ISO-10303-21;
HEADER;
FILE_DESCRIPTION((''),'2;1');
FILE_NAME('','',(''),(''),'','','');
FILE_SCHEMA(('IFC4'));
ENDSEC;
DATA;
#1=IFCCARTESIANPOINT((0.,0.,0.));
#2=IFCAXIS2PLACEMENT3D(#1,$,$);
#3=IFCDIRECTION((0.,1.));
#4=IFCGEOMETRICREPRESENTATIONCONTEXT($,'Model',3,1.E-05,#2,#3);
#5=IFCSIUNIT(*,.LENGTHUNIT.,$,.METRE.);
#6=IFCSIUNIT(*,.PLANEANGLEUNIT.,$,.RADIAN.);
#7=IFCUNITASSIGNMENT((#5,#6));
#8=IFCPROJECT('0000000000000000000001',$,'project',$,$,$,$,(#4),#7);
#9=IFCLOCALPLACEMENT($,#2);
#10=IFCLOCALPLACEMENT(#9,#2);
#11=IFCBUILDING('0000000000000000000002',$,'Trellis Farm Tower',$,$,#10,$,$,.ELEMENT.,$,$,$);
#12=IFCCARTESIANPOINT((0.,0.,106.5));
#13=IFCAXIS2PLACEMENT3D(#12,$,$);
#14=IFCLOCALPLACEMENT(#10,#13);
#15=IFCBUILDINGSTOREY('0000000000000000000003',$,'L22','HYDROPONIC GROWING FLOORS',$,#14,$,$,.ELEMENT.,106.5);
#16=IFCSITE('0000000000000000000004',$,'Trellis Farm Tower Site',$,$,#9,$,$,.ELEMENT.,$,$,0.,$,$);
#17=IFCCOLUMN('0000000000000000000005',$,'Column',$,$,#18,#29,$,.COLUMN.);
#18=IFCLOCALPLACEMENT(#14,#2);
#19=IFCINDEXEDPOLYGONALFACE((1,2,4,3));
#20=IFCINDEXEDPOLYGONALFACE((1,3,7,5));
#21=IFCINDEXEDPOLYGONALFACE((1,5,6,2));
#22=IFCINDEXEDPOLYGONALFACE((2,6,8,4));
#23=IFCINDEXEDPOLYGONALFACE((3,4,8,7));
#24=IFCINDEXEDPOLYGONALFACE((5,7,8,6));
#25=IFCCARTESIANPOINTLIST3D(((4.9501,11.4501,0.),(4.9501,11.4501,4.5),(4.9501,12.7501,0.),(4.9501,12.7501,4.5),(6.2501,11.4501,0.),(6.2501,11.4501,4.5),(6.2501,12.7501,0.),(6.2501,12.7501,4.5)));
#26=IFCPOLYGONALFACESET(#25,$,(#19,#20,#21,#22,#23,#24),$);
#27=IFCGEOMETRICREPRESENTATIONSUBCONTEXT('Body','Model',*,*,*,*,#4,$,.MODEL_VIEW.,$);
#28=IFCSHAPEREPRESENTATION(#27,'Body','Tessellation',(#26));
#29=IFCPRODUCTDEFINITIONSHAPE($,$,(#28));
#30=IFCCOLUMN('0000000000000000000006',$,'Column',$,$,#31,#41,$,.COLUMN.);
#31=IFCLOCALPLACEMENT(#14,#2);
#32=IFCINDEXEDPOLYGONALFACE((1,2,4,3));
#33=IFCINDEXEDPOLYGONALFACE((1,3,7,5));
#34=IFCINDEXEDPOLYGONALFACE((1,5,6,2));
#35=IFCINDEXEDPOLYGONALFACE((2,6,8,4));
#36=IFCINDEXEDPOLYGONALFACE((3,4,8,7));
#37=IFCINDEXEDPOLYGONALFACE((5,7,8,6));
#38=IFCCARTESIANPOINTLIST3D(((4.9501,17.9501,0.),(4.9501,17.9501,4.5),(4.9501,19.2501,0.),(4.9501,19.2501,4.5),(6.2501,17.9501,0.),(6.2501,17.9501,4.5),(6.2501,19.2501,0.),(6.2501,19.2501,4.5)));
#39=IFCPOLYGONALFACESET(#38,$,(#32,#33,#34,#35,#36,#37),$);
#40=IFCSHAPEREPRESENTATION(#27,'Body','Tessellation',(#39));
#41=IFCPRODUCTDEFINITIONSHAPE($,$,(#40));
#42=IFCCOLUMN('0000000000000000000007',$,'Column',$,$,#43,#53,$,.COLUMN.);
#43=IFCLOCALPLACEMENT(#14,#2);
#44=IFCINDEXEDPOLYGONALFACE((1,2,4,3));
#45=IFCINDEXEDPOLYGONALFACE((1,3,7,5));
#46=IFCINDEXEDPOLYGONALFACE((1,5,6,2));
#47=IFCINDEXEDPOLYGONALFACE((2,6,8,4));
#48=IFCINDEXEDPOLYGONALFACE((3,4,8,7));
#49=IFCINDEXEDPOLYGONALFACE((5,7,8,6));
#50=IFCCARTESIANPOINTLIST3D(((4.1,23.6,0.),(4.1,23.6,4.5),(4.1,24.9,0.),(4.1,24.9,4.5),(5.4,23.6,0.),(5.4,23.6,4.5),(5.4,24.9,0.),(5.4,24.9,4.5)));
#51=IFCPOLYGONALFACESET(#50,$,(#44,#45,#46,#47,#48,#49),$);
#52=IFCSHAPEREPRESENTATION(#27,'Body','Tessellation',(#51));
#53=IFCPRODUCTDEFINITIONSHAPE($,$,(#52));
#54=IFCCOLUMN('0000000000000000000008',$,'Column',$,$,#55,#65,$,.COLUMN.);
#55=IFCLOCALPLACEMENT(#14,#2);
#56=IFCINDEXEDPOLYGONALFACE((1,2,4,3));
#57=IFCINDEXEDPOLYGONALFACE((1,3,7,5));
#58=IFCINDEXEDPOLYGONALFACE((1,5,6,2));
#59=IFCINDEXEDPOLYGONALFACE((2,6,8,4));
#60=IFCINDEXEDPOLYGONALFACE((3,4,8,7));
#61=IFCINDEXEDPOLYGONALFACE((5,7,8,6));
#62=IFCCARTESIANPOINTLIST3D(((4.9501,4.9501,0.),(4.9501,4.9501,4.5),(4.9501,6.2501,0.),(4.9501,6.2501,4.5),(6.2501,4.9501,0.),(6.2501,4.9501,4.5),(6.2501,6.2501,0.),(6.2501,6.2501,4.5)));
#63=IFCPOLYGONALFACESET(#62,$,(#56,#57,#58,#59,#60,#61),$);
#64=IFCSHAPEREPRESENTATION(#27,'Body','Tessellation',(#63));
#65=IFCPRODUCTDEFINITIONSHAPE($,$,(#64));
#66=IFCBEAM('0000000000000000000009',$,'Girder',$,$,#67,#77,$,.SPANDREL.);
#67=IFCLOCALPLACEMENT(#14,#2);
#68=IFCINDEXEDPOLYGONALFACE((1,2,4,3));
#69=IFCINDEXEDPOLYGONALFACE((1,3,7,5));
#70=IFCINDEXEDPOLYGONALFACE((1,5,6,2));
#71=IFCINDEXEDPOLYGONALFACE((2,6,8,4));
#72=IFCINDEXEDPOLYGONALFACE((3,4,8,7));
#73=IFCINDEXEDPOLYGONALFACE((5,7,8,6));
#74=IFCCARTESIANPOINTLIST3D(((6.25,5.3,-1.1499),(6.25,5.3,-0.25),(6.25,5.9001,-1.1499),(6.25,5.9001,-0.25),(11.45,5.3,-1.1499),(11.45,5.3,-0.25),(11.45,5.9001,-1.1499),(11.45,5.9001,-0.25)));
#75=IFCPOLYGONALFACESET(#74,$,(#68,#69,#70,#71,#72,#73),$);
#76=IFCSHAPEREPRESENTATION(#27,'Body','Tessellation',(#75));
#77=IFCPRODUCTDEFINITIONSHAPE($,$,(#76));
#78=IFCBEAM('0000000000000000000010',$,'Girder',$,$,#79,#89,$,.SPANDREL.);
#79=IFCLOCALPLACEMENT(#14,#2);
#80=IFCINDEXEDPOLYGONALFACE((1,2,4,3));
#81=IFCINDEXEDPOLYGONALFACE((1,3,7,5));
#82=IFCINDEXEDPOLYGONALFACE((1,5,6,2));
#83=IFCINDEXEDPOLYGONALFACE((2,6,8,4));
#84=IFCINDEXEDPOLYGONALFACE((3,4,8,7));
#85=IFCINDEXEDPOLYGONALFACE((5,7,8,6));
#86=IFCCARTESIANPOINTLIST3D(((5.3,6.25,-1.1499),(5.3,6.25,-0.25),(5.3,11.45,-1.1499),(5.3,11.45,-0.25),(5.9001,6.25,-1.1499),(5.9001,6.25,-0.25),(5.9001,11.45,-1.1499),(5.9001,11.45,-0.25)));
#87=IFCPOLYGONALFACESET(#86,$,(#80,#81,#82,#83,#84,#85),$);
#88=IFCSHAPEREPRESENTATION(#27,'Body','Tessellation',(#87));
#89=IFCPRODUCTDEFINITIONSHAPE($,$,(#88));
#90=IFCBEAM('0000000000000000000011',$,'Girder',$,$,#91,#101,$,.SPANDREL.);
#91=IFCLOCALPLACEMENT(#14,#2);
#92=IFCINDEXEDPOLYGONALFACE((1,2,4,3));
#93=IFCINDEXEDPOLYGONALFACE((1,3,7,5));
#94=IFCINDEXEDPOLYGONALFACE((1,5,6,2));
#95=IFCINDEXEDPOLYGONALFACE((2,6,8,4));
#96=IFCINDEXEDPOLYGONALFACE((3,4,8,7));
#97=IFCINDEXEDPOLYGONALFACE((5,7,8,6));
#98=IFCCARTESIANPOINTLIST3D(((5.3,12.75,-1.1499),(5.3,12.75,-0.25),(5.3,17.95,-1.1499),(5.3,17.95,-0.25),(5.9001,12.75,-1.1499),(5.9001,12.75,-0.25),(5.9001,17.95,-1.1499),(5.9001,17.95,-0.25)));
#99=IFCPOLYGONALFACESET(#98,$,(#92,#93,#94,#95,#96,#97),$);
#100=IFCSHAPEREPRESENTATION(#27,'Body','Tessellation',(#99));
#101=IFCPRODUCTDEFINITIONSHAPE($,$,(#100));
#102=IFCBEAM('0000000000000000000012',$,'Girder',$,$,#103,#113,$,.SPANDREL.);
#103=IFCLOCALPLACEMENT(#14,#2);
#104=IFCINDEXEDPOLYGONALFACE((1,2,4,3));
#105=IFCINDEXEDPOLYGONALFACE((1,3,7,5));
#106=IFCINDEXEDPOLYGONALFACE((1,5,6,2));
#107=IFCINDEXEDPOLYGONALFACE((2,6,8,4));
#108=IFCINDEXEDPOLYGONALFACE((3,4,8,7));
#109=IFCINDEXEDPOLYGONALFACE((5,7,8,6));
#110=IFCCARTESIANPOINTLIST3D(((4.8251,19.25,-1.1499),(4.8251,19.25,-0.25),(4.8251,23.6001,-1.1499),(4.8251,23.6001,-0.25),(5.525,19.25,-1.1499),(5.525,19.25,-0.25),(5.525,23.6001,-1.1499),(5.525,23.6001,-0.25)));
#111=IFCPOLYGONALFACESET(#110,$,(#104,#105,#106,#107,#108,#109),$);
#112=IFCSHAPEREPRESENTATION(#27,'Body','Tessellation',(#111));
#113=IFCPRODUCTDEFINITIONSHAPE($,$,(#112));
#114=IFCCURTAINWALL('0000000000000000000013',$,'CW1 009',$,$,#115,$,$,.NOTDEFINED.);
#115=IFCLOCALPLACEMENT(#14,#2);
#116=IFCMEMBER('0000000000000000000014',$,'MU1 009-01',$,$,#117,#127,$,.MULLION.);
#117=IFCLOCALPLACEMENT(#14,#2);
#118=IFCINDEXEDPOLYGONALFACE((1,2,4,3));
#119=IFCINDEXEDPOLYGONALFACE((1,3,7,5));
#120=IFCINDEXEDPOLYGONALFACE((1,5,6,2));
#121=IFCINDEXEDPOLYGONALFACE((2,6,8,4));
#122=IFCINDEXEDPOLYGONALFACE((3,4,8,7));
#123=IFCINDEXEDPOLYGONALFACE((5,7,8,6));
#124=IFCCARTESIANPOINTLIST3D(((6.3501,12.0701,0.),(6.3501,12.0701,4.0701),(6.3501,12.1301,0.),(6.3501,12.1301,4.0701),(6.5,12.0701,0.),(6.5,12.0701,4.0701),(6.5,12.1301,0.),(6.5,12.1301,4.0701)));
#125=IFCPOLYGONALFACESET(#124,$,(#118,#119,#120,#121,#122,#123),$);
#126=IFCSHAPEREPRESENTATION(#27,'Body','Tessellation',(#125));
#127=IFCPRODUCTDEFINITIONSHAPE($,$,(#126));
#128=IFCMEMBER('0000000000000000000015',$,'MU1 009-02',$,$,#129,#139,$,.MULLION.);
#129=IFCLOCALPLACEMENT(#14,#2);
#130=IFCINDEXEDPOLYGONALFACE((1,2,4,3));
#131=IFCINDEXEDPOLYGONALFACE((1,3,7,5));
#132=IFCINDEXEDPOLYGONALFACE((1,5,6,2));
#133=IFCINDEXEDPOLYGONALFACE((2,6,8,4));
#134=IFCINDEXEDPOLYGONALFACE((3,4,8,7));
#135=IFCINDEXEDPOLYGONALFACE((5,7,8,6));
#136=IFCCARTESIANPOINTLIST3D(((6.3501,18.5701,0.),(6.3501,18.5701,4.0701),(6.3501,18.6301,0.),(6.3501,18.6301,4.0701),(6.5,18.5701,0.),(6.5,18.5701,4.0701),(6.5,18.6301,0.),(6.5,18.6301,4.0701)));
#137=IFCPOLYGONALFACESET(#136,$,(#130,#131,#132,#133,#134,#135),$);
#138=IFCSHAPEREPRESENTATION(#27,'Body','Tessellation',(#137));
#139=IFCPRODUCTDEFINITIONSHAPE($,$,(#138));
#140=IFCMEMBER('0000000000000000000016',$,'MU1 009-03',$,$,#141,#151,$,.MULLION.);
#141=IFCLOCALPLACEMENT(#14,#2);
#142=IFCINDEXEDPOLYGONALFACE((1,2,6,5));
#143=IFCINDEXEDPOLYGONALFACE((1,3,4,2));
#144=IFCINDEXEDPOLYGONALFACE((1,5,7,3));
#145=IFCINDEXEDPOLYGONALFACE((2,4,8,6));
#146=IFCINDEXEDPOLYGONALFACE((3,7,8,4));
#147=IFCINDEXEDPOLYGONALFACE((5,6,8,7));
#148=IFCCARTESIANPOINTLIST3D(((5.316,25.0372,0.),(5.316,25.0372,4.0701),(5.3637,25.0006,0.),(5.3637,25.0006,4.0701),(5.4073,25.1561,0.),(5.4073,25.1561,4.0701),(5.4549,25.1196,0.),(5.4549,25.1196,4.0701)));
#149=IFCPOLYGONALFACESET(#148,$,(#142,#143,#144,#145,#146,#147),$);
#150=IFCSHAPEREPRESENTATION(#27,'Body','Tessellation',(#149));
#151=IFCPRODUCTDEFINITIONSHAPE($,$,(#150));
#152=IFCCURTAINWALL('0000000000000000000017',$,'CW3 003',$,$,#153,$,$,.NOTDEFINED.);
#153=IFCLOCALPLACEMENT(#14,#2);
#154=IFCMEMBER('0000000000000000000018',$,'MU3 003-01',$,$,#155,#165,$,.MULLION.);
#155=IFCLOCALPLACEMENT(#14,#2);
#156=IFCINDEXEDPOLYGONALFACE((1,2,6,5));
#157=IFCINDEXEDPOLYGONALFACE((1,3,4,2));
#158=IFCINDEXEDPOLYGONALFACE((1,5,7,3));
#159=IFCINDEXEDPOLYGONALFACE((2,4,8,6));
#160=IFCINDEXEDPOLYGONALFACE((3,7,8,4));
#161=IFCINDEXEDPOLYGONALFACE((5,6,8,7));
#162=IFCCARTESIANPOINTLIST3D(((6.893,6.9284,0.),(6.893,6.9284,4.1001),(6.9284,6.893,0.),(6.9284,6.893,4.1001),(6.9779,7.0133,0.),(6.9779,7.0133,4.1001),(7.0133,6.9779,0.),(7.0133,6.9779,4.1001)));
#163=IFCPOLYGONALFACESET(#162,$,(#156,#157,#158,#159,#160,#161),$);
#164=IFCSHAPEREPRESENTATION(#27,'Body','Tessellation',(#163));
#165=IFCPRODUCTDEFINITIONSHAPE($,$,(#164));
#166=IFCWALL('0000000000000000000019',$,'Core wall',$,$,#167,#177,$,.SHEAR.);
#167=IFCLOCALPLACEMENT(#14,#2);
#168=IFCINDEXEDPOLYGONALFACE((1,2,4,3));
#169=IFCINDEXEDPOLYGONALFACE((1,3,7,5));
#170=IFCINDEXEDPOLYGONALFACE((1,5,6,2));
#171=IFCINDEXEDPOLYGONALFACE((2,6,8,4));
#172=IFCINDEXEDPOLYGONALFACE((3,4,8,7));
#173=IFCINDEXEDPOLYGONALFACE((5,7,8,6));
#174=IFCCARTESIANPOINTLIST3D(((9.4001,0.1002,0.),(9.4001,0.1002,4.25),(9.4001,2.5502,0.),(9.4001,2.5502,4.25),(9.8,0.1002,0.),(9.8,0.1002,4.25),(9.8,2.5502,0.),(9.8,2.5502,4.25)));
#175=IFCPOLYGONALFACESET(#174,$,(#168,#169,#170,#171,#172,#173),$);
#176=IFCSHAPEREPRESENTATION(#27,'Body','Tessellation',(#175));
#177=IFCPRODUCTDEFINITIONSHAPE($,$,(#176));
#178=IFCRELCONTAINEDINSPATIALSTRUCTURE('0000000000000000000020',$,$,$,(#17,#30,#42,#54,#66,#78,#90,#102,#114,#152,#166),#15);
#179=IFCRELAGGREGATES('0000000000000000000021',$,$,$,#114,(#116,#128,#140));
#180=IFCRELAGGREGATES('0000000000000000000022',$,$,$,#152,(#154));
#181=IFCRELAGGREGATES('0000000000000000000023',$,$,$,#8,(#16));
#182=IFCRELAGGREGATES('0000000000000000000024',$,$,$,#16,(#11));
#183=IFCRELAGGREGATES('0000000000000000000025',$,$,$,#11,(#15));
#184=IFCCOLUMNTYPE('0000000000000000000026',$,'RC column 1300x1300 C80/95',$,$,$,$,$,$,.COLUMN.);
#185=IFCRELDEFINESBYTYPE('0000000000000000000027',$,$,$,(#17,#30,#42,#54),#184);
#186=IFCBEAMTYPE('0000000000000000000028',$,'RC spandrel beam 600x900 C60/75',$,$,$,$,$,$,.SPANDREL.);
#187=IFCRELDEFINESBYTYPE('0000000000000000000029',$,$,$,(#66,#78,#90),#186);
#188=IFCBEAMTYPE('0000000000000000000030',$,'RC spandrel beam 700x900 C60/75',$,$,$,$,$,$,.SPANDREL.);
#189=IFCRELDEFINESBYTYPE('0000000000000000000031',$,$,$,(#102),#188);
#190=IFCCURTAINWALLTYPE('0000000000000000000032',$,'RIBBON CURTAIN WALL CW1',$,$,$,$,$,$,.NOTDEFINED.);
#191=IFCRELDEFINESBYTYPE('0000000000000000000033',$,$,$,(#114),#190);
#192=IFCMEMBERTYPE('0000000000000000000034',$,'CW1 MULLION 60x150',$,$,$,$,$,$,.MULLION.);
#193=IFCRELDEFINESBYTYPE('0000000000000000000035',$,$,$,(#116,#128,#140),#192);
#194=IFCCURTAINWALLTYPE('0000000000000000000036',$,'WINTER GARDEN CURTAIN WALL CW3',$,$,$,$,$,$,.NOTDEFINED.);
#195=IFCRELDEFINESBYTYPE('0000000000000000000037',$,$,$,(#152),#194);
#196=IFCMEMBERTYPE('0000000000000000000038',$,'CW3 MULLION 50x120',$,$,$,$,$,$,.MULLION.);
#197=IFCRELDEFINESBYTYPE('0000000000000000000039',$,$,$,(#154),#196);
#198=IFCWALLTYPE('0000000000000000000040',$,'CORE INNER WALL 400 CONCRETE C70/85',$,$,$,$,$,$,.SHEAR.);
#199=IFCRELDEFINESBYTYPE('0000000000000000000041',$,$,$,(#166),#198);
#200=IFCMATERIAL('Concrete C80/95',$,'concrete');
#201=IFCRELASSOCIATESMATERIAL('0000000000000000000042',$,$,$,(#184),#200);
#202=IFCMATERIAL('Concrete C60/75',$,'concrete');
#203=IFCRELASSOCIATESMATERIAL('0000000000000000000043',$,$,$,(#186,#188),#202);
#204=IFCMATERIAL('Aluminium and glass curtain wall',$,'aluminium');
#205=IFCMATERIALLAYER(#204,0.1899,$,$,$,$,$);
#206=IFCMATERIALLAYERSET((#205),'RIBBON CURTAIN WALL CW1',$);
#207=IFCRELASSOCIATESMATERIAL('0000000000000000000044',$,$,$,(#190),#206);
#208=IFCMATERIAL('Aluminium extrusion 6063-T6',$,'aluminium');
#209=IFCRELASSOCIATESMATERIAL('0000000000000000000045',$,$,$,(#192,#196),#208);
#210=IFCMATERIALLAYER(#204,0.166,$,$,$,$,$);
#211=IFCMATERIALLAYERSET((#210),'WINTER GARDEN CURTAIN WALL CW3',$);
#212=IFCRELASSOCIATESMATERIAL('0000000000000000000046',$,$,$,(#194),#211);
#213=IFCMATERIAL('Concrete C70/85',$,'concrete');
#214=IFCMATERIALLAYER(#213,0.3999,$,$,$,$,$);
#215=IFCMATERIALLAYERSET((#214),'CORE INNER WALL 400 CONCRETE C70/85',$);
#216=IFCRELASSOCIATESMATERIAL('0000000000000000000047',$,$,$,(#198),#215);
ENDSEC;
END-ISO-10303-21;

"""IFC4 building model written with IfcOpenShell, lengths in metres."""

from ifc_helpers import new_model, si_unit, direction, frame, frame_2d, origin, origin_2d, place, context, subcontext, project, spatial, rectangle, extrude, source, transform, mapped, material, layer, layer_set, material_profile, profile_set, type_object, element, aggregate, save


model = new_model("IFC4")

# Units and contexts
model_context = context("Model", 3, precision=1e-05, world=origin(), true_north=direction((0.0, 1.0)))
body_context = subcontext(model_context, "Body", "Model", "MODEL_VIEW")
ifc_project = project(units=[si_unit("LENGTHUNIT", "METRE"), si_unit("PLANEANGLEUNIT", "RADIAN")], contexts=[model_context])

# Site, building, storey
site_placement = place(None, origin())
site = spatial("IfcSite", under=ifc_project, at=site_placement, Name="Trellis Farm Tower Site", CompositionType="ELEMENT", RefElevation=0.0)
building_placement = place(site_placement, origin())
building = spatial("IfcBuilding", under=site, at=building_placement, Name="Trellis Farm Tower", CompositionType="ELEMENT")
storey_placement = place(building_placement, frame((0.0, 0.0, 106.5)))
storey = spatial("IfcBuildingStorey", under=building, at=storey_placement, Name="L22", Description="HYDROPONIC GROWING FLOORS", CompositionType="ELEMENT", Elevation=106.5)

# Columns
ifc_material_1 = material(Name="Concrete C80/95", Category="concrete")
ifc_material_profile_1 = material_profile(ifc_material_1, rectangle(XDim=1.3, YDim=1.3, at=origin_2d()), Name="RC column 1300x1300 C80/95")
ifc_profile_set_1 = profile_set([ifc_material_profile_1], Name="Concrete C80/95")
column_type = type_object("IfcColumnType", Name="RC column 1300x1300 C80/95", PredefinedType="COLUMN", material=ifc_profile_set_1)
shared_shape_1 = source(origin(), body_context, "Body", "SweptSolid", [
    extrude(rectangle(XDim=1.3, YDim=1.3, at=origin_2d()), origin(), (0.0, 0.0, 1.0), 4.5),
])
for number, where, z_axis, x_axis, name in (
    (1, (5.6001, 12.1001, 0.0), (0.0, 0.0, 1.0), (1.0, 0.0, 0.0), "Column"),
    (2, (5.6001, 18.6001, 0.0), (0.0, 0.0, 1.0), (1.0, 0.0, 0.0), "Column"),
    (3, (4.75, 24.25, 0.0), (0.0, 0.0, 1.0), (1.0, 0.0, 0.0), "Column"),
    (4, (5.6001, 5.6001, 0.0), (0.0, 0.0, 1.0), (1.0, 0.0, 0.0), "Column"),
):
    element("IfcColumn", number, at=place(storey_placement, frame(where, z_axis=z_axis, x_axis=x_axis)), inside=storey, type_object=column_type, Name=name, PredefinedType="COLUMN", context=body_context, shape_type="MappedRepresentation", body=[
        mapped(shared_shape_1, transform((0.0, 0.0, 0.0))),
    ])

# Beams
ifc_material_2 = material(Name="Concrete C60/75", Category="concrete")
ifc_material_profile_2 = material_profile(ifc_material_2, rectangle(XDim=0.6001, YDim=0.8999, at=origin_2d()), Name="RC spandrel beam 600x900 C60/75")
ifc_profile_set_2 = profile_set([ifc_material_profile_2], Name="Concrete C60/75")
beam_type_1 = type_object("IfcBeamType", Name="RC spandrel beam 600x900 C60/75", PredefinedType="SPANDREL", material=ifc_profile_set_2)
shared_shape_2 = source(origin(), body_context, "Body", "SweptSolid", [
    extrude(rectangle(XDim=0.6001, YDim=0.8999, at=origin_2d()), origin(), (0.0, 0.0, 1.0), 5.2),
])
for number, where, z_axis, x_axis, name in (
    (5, (6.25, 5.6001, -0.7), (1.0, 0.0, 0.0), (0.0, 1.0, 0.0), "Girder"),
    (6, (5.6001, 6.25, -0.7), (0.0, 1.0, 0.0), (-1.0, 0.0, 0.0), "Girder"),
    (7, (5.6001, 12.75, -0.7), (0.0, 1.0, 0.0), (-1.0, 0.0, 0.0), "Girder"),
):
    element("IfcBeam", number, at=place(storey_placement, frame(where, z_axis=z_axis, x_axis=x_axis)), inside=storey, type_object=beam_type_1, Name=name, PredefinedType="SPANDREL", context=body_context, shape_type="MappedRepresentation", body=[
        mapped(shared_shape_2, transform((0.0, 0.0, 0.0))),
    ])
ifc_material_profile_3 = material_profile(ifc_material_2, rectangle(XDim=0.7, YDim=0.8999, at=origin_2d()), Name="RC spandrel beam 700x900 C60/75")
ifc_profile_set_3 = profile_set([ifc_material_profile_3], Name="Concrete C60/75")
beam_type_2 = type_object("IfcBeamType", Name="RC spandrel beam 700x900 C60/75", PredefinedType="SPANDREL", material=ifc_profile_set_3)
shared_shape_3 = source(origin(), body_context, "Body", "SweptSolid", [
    extrude(rectangle(XDim=0.7, YDim=0.8999, at=origin_2d()), origin(), (0.0, 0.0, 1.0), 4.3501),
])
beam_placement = place(storey_placement, frame((5.175, 19.25, -0.7), z_axis=(0.0, 1.0, 0.0), x_axis=(-1.0, 0.0, 0.0)))
element("IfcBeam", 8, at=beam_placement, inside=storey, type_object=beam_type_2, Name="Girder", PredefinedType="SPANDREL", context=body_context, shape_type="MappedRepresentation", body=[
    mapped(shared_shape_3, transform((0.0, 0.0, 0.0))),
])

# Curtain wall, members
ifc_material_3 = material(Name="Aluminium and glass curtain wall", Category="aluminium")
ifc_layer_1 = layer(ifc_material_3, 0.1899)
ifc_layer_set_1 = layer_set([ifc_layer_1], Name="RIBBON CURTAIN WALL CW1")
curtain_wall_type_1 = type_object("IfcCurtainWallType", Name="RIBBON CURTAIN WALL CW1", PredefinedType="NOTDEFINED", material=ifc_layer_set_1)
placement = place(storey_placement, origin())
curtain_wall_1 = element("IfcCurtainWall", 9, at=placement, inside=storey, type_object=curtain_wall_type_1, Name="CW1 009", PredefinedType="NOTDEFINED")
ifc_material_4 = material(Name="Aluminium extrusion 6063-T6", Category="aluminium")
ifc_material_profile_4 = material_profile(ifc_material_4, rectangle(XDim=0.0601, YDim=0.1499, at=origin_2d()), Name="MULLION 60x150")
ifc_profile_set_4 = profile_set([ifc_material_profile_4], Name="Aluminium extrusion 6063-T6")
member_type_1 = type_object("IfcMemberType", Name="CW1 MULLION 60x150", PredefinedType="MULLION", material=ifc_profile_set_4)
shared_shape_4 = source(origin(), body_context, "Body", "SweptSolid", [
    extrude(rectangle(XDim=0.0601, YDim=0.1499, at=origin_2d()), origin(), (0.0, 0.0, 1.0), 4.0701),
])
member_1_placement = place(storey_placement, frame((6.425, 12.1001, 0.0), z_axis=(0.0, 0.0, 1.0), x_axis=(0.0, 1.0, 0.0)))
member_1 = element("IfcMember", 10, at=member_1_placement, type_object=member_type_1, Name="MU1 009-01", PredefinedType="MULLION", context=body_context, shape_type="MappedRepresentation", body=[
    mapped(shared_shape_4, transform((0.0, 0.0, 0.0))),
])
member_2_placement = place(storey_placement, frame((6.425, 18.6001, 0.0), z_axis=(0.0, 0.0, 1.0), x_axis=(0.0, 1.0, 0.0)))
member_2 = element("IfcMember", 11, at=member_2_placement, type_object=member_type_1, Name="MU1 009-02", PredefinedType="MULLION", context=body_context, shape_type="MappedRepresentation", body=[
    mapped(shared_shape_4, transform((0.0, 0.0, 0.0))),
])
member_3_placement = place(storey_placement, frame((5.3855, 25.0784, 0.0), z_axis=(0.0, 0.0, 1.0), x_axis=(-0.793353, 0.608761, 0.0)))
member_3 = element("IfcMember", 12, at=member_3_placement, type_object=member_type_1, Name="MU1 009-03", PredefinedType="MULLION", context=body_context, shape_type="MappedRepresentation", body=[
    mapped(shared_shape_4, transform((0.0, 0.0, 0.0))),
])
aggregate(curtain_wall_1, [member_1, member_2, member_3])

# Curtain wall, member
ifc_layer_2 = layer(ifc_material_3, 0.166)
ifc_layer_set_2 = layer_set([ifc_layer_2], Name="WINTER GARDEN CURTAIN WALL CW3")
curtain_wall_type_2 = type_object("IfcCurtainWallType", Name="WINTER GARDEN CURTAIN WALL CW3", PredefinedType="NOTDEFINED", material=ifc_layer_set_2)
curtain_wall_2 = element("IfcCurtainWall", 13, at=placement, inside=storey, type_object=curtain_wall_type_2, Name="CW3 003", PredefinedType="NOTDEFINED")
ifc_material_profile_5 = material_profile(ifc_material_4, rectangle(XDim=0.05, YDim=0.1201, at=origin_2d()), Name="MULLION 50x120")
ifc_profile_set_5 = profile_set([ifc_material_profile_5], Name="Aluminium extrusion 6063-T6")
member_type_2 = type_object("IfcMemberType", Name="CW3 MULLION 50x120", PredefinedType="MULLION", material=ifc_profile_set_5)
shared_shape_5 = source(origin(), body_context, "Body", "SweptSolid", [
    extrude(rectangle(XDim=0.05, YDim=0.1201, at=origin_2d()), origin(), (0.0, 0.0, 1.0), 4.1001),
])
member_4_placement = place(storey_placement, frame((6.9531, 6.9531, 0.0), z_axis=(0.0, 0.0, 1.0), x_axis=(-0.707107, 0.707107, 0.0)))
member_4 = element("IfcMember", 14, at=member_4_placement, type_object=member_type_2, Name="MU3 003-01", PredefinedType="MULLION", context=body_context, shape_type="MappedRepresentation", body=[
    mapped(shared_shape_5, transform((0.0, 0.0, 0.0))),
])
aggregate(curtain_wall_2, [member_4])

# Wall
ifc_material_5 = material(Name="Concrete C70/85", Category="concrete")
ifc_layer_3 = layer(ifc_material_5, 0.3999)
ifc_layer_set_3 = layer_set([ifc_layer_3], Name="CORE INNER WALL 400 CONCRETE C70/85")
wall_type_1 = type_object("IfcWallType", Name="CORE INNER WALL 400 CONCRETE C70/85", PredefinedType="SHEAR", material=ifc_layer_set_3)
shared_shape_6 = source(origin(), body_context, "Body", "SweptSolid", [
    extrude(rectangle(XDim=2.45, YDim=0.3999, at=frame_2d((1.2251, 0.0))), origin(), (0.0, 0.0, 1.0), 4.25),
])
wall_1_placement = place(storey_placement, frame((9.6001, 0.1001, 0.0), z_axis=(0.0, 0.0, 1.0), x_axis=(0.0, 1.0, 0.0)))
element("IfcWall", 15, at=wall_1_placement, inside=storey, type_object=wall_type_1, Name="Core wall", PredefinedType="SHEAR", context=body_context, shape_type="MappedRepresentation", body=[
    mapped(shared_shape_6, transform((0.0, 0.0, 0.0))),
])

save(model, "model.ifc")
